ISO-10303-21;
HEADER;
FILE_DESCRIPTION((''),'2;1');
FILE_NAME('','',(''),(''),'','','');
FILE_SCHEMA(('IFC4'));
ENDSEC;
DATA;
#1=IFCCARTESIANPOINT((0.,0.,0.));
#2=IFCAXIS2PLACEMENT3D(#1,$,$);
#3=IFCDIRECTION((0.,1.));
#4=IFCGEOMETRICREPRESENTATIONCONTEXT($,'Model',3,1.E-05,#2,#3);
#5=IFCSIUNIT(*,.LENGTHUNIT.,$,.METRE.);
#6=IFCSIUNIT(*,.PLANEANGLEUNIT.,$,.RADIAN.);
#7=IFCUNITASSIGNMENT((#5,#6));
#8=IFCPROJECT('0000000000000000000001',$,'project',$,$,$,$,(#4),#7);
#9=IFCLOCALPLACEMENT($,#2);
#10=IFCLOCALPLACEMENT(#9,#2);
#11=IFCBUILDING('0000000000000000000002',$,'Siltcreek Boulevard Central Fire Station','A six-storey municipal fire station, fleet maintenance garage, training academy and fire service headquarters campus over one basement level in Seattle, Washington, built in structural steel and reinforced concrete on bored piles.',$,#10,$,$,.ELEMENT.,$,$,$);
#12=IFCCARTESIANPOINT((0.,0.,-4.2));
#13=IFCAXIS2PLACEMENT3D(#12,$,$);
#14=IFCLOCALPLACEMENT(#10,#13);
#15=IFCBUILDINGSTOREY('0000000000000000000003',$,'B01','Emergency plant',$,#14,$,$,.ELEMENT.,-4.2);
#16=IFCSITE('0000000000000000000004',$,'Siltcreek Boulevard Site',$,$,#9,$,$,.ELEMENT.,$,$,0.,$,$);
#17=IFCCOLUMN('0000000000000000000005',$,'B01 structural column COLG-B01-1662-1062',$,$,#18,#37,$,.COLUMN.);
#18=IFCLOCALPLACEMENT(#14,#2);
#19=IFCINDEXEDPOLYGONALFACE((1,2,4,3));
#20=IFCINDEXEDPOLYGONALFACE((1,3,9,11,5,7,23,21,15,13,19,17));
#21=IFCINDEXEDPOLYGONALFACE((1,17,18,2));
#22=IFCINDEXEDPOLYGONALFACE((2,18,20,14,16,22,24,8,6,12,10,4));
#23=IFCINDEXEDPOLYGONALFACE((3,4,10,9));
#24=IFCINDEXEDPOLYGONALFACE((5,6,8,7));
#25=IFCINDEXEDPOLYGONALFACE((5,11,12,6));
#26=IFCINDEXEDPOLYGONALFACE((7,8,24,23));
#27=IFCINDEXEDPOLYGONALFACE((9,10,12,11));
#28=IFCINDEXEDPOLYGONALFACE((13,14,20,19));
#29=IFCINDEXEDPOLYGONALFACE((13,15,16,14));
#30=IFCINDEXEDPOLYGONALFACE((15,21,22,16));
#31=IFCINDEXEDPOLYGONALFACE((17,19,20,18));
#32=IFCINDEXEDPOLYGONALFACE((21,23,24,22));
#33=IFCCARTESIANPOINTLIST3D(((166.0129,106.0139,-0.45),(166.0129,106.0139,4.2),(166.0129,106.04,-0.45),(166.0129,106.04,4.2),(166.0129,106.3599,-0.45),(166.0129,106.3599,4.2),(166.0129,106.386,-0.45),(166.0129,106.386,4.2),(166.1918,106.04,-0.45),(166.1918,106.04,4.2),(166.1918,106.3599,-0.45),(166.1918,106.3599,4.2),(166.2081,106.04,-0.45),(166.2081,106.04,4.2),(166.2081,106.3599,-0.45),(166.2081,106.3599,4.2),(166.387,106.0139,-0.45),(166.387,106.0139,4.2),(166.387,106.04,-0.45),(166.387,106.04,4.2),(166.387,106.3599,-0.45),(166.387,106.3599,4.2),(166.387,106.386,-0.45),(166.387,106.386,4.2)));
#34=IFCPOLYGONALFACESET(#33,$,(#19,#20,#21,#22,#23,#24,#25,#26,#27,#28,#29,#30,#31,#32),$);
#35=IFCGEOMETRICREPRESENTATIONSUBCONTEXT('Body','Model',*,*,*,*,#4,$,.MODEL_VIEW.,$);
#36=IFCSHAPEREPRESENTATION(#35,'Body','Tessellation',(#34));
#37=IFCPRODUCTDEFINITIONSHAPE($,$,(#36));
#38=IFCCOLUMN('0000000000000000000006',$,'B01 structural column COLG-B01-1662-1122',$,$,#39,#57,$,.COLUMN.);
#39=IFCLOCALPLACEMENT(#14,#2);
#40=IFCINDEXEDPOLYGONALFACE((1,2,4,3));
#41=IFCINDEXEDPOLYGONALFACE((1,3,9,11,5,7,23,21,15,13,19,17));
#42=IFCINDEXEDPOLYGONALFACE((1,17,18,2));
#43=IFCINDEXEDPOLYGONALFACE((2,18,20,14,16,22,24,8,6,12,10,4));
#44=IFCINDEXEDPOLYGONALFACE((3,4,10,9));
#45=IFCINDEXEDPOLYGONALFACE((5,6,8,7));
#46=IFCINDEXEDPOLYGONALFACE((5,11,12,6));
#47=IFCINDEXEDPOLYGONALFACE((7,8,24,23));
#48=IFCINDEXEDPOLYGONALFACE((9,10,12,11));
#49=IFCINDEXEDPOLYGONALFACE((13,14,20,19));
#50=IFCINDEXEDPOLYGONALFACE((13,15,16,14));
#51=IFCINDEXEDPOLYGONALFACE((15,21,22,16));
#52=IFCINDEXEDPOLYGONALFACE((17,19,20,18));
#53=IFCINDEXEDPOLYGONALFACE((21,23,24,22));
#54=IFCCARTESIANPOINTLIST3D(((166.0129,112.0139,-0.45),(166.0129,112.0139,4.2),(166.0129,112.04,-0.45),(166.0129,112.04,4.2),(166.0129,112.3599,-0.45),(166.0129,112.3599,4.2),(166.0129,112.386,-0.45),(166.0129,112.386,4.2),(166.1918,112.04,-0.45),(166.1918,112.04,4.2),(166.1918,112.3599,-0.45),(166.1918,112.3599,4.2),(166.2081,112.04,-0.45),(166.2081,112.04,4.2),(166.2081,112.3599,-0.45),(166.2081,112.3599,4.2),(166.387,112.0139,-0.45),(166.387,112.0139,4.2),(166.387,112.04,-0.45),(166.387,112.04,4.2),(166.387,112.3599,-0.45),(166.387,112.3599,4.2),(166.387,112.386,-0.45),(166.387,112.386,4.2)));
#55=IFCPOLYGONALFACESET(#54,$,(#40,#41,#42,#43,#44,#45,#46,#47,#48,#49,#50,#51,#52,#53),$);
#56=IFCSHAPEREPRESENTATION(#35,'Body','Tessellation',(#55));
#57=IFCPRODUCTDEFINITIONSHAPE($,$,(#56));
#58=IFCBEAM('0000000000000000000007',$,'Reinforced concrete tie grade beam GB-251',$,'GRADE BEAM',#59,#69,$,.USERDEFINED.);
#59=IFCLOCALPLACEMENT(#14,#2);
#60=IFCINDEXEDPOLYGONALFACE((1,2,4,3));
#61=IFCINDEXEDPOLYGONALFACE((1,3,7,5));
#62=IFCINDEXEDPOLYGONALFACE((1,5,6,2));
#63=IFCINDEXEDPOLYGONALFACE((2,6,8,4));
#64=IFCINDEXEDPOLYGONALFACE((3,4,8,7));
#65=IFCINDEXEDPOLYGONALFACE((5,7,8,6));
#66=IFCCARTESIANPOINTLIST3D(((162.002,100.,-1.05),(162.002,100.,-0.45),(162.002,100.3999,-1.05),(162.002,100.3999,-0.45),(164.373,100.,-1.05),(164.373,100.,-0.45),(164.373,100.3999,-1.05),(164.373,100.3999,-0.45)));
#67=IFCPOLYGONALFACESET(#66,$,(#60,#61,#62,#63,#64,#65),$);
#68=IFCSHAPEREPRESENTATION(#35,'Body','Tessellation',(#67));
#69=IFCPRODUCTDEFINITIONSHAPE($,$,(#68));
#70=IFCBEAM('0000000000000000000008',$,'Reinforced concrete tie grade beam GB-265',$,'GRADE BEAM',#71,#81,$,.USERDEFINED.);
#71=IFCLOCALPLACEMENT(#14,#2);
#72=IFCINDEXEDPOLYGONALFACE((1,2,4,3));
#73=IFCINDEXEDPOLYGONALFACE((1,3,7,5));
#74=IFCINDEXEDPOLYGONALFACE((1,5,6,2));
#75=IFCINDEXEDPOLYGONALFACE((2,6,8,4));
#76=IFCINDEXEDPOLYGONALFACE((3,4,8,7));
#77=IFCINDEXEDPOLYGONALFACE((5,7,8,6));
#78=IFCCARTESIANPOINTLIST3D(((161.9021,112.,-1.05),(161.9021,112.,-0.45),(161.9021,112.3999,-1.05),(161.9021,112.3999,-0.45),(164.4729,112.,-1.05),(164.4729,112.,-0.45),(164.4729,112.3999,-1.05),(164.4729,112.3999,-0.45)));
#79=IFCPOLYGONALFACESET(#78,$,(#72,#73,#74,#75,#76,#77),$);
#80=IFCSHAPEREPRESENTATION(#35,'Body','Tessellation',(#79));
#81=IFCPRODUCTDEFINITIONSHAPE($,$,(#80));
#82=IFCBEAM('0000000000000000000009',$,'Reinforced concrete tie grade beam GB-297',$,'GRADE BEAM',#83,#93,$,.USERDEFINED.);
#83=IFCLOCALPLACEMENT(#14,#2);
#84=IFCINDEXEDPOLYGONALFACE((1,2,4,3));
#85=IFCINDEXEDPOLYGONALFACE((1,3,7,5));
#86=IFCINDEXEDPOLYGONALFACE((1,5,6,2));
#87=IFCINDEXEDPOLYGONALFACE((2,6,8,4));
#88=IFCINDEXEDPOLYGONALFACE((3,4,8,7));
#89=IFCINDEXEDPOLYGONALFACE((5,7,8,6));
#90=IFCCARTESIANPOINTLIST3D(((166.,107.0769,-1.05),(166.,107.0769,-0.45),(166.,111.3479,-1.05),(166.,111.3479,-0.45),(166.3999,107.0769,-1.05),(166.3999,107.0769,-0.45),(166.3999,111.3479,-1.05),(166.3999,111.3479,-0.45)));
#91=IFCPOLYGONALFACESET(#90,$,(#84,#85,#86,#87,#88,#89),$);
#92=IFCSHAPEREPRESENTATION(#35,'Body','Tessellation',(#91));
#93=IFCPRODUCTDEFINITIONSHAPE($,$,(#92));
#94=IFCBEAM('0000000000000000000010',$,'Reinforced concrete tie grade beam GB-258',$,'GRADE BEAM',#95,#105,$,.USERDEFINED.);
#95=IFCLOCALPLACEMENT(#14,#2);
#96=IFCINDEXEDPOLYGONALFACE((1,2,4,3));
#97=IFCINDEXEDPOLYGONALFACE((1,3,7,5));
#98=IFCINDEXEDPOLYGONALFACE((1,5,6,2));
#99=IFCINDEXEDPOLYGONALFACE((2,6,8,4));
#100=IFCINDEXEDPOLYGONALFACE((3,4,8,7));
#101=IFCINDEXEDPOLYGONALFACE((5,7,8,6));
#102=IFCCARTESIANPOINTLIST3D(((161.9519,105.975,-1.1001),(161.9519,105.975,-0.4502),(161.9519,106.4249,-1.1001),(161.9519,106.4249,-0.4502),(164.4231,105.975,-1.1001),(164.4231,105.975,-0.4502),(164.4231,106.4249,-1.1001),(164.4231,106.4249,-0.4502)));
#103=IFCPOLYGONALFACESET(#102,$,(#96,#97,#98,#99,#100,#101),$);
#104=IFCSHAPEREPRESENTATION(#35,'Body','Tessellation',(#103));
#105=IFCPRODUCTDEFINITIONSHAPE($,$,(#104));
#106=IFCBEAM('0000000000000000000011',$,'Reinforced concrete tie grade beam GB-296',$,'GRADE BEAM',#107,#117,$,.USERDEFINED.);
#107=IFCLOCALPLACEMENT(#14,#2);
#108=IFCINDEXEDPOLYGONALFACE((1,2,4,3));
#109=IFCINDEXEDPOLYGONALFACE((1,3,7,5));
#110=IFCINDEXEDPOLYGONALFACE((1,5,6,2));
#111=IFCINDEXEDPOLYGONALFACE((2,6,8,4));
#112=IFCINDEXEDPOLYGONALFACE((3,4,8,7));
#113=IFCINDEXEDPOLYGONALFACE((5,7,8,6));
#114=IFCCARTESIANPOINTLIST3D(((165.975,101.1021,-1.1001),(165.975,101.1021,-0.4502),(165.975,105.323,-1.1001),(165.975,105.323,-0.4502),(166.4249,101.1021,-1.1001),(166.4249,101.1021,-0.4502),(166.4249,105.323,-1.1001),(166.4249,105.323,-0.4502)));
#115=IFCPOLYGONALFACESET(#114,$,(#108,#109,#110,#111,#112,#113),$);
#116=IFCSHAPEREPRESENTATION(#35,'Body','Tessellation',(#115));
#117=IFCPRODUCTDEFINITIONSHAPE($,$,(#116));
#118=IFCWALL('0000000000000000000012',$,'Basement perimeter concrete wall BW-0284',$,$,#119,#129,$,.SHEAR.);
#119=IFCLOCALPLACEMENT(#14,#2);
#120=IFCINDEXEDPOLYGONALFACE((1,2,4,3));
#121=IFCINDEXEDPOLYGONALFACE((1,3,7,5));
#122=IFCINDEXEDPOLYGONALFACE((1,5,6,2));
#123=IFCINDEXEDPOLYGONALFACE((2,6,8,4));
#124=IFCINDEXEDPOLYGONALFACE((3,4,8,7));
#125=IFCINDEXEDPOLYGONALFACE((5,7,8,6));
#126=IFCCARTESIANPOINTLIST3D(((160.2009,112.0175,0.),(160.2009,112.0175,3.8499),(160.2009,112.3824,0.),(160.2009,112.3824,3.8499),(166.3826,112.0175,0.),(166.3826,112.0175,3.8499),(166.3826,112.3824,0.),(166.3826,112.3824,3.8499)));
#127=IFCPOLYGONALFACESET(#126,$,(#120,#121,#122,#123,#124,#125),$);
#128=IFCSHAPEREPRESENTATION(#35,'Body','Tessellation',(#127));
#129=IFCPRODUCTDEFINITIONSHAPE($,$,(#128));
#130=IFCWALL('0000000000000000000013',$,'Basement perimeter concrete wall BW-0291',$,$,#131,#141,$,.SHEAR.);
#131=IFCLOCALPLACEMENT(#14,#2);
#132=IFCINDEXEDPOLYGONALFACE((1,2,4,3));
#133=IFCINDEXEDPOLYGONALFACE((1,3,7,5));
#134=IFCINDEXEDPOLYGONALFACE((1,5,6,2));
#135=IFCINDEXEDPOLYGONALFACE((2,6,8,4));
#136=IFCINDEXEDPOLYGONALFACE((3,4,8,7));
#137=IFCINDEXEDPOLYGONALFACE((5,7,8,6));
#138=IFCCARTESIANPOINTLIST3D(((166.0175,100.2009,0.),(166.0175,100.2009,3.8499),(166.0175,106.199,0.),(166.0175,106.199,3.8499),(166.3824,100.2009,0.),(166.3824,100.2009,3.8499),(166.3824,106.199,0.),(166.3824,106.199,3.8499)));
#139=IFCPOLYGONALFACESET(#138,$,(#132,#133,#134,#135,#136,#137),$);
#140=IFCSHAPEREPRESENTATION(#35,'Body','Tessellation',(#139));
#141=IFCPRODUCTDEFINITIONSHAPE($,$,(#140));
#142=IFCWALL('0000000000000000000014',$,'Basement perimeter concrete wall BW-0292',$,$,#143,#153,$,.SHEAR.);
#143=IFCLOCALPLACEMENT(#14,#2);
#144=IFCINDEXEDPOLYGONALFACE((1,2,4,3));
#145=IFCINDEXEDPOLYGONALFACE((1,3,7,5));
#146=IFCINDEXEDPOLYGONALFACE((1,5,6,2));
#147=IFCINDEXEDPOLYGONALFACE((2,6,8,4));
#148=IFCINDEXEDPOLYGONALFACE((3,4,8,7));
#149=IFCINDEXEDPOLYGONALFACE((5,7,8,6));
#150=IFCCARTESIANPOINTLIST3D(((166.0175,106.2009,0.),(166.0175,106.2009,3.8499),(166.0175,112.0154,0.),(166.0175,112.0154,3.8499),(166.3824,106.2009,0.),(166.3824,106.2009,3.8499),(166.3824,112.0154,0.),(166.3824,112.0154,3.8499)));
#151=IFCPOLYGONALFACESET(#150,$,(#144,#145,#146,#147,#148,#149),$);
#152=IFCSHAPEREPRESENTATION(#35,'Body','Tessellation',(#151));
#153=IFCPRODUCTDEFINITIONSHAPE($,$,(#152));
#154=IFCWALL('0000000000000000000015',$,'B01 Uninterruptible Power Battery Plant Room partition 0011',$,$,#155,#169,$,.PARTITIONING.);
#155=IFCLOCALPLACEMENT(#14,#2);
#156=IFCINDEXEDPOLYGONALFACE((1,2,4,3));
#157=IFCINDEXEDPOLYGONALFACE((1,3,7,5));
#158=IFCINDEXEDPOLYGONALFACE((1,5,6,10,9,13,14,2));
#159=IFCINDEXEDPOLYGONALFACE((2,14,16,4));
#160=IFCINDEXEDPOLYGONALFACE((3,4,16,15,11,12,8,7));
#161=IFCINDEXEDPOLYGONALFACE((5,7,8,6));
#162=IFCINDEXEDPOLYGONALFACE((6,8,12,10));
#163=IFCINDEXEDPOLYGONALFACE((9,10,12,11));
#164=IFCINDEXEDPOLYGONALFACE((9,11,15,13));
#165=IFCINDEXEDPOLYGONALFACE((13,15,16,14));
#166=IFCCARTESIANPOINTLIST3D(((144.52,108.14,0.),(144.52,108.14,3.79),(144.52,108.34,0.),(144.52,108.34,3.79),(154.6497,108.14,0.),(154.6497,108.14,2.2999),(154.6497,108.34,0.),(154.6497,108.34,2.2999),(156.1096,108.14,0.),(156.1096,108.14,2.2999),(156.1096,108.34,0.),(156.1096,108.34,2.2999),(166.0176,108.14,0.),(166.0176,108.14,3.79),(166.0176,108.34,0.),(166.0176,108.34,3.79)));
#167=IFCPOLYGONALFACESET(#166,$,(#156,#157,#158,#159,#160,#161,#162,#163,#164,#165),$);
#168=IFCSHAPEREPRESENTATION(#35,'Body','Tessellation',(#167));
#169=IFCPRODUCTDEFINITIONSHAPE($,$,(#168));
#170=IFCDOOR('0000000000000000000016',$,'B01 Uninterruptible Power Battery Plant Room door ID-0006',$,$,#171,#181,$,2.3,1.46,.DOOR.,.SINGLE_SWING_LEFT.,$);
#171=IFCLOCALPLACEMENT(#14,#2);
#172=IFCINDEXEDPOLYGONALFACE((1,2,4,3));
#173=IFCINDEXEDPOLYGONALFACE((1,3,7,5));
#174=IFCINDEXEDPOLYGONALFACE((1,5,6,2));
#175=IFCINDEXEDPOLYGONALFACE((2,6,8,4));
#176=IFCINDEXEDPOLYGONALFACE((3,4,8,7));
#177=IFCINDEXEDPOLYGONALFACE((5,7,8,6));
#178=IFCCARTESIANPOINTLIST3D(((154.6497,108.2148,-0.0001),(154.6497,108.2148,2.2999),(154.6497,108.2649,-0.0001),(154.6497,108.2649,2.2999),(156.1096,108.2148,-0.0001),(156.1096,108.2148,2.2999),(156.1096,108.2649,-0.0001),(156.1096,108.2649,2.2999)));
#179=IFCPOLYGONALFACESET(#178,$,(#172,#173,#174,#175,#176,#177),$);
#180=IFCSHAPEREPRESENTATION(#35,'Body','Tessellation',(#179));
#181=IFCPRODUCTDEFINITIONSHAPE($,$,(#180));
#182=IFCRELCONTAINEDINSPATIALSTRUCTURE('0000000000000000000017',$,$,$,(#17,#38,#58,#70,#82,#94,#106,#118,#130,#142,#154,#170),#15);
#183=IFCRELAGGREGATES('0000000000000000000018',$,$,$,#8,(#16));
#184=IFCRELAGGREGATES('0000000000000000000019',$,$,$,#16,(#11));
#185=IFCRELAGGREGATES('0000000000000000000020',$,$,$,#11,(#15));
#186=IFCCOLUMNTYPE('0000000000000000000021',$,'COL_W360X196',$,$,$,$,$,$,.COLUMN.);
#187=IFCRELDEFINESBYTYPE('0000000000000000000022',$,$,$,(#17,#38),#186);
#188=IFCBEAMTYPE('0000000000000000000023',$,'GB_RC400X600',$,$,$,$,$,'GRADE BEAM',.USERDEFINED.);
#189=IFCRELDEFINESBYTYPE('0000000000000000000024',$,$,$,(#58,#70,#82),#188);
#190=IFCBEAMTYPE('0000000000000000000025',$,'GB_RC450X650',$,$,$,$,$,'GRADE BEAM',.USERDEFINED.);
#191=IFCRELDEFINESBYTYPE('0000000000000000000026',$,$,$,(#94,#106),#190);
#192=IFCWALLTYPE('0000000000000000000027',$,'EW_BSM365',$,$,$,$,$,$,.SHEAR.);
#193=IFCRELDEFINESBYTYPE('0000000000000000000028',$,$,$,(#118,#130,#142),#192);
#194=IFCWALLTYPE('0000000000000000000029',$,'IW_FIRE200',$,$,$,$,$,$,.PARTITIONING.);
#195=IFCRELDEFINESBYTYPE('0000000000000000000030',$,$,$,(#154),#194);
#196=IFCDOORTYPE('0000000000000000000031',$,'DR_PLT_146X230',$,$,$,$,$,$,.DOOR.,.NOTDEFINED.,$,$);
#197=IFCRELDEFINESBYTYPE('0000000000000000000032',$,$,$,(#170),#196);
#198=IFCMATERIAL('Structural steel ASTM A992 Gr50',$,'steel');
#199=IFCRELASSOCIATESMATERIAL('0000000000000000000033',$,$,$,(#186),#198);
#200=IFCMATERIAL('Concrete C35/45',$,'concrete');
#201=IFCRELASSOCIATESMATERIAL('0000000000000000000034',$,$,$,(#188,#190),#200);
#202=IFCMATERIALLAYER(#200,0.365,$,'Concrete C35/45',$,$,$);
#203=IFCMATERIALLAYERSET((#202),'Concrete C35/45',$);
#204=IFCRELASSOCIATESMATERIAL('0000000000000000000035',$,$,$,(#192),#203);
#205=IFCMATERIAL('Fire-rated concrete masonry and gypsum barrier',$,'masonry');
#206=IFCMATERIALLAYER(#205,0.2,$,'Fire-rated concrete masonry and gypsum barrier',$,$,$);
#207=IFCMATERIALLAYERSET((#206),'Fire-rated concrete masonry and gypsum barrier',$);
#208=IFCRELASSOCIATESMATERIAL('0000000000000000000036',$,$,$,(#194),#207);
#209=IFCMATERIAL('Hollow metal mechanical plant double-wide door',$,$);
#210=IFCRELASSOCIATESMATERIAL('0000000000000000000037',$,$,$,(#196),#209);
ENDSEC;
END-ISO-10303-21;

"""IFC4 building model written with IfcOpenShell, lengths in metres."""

from ifc_helpers import new_model, si_unit, direction, frame, frame_2d, origin, origin_2d, place, context, subcontext, project, spatial, rectangle, i_section, extrude, material, layer, layer_set, material_profile, profile_set, type_object, element, fill, save


model = new_model("IFC4")

# Units and contexts
model_context = context("Model", 3, precision=1e-05, world=origin(), true_north=direction((0.0, 1.0)))
body_context = subcontext(model_context, "Body", "Model", "MODEL_VIEW")
ifc_project = project(units=[si_unit("LENGTHUNIT", "METRE"), si_unit("PLANEANGLEUNIT", "RADIAN")], contexts=[model_context])

# Site, building, storey
site_placement = place(None, origin())
site = spatial("IfcSite", under=ifc_project, at=site_placement, Name="Siltcreek Boulevard Site", CompositionType="ELEMENT", RefElevation=0.0)
building_placement = place(site_placement, origin())
building = spatial("IfcBuilding", under=site, at=building_placement, Name="Siltcreek Boulevard Central Fire Station", Description="A six-storey municipal fire station, fleet maintenance garage, training academy and fire service headquarters campus over one basement level in Seattle, Washington, built in structural steel and reinforced concrete on bored piles.", CompositionType="ELEMENT")
storey_placement = place(building_placement, frame((0.0, 0.0, -4.2)))
storey = spatial("IfcBuildingStorey", under=building, at=storey_placement, Name="B01", Description="Emergency plant", CompositionType="ELEMENT", Elevation=-4.2)

# Shared definitions
ifc_material_1 = material(Name="Concrete C35/45", Category="concrete")

# Columns
ifc_material_2 = material(Name="Structural steel ASTM A992 Gr50", Category="steel")
ifc_material_profile_1 = material_profile(ifc_material_2, i_section(OverallWidth=0.374, OverallDepth=0.3721, WebThickness=0.0164, FlangeThickness=0.0261, at=origin_2d()), Name="W360X196")
ifc_profile_set_1 = profile_set([ifc_material_profile_1], Name="Structural steel ASTM A992 Gr50")
column_type = type_object("IfcColumnType", Name="COL_W360X196", PredefinedType="COLUMN", material=ifc_profile_set_1)
for number, where, z_axis, x_axis, name in (
    (1, (166.2, 106.2, -0.45), (0.0, 0.0, 1.0), (1.0, 0.0, 0.0), "B01 structural column COLG-B01-1662-1062"),
    (2, (166.2, 112.2, -0.45), (0.0, 0.0, 1.0), (1.0, 0.0, 0.0), "B01 structural column COLG-B01-1662-1122"),
):
    element("IfcColumn", number, at=place(storey_placement, frame(where, z_axis=z_axis, x_axis=x_axis)), inside=storey, type_object=column_type, Name=name, PredefinedType="COLUMN", context=body_context, shape_type="SweptSolid", body=[
        extrude(i_section(OverallWidth=0.374, OverallDepth=0.3721, WebThickness=0.0164, FlangeThickness=0.0261, at=origin_2d()), origin(), (0.0, 0.0, 1.0), 4.6499),
    ])

# Beams
ifc_material_profile_2 = material_profile(ifc_material_1, rectangle(XDim=0.3999, YDim=0.6001, at=origin_2d()), Name="RC400X600")
ifc_profile_set_2 = profile_set([ifc_material_profile_2], Name="Concrete C35/45")
beam_type_1 = type_object("IfcBeamType", Name="GB_RC400X600", ElementType="GRADE BEAM", PredefinedType="USERDEFINED", material=ifc_profile_set_2)
beam_1_placement = place(storey_placement, frame((162.002, 100.2, -0.75), z_axis=(1.0, 0.0, 0.0), x_axis=(0.0, 1.0, 0.0)))
element("IfcBeam", 3, at=beam_1_placement, inside=storey, type_object=beam_type_1, Name="Reinforced concrete tie grade beam GB-251", ObjectType="GRADE BEAM", PredefinedType="USERDEFINED", context=body_context, shape_type="SweptSolid", body=[
    extrude(rectangle(XDim=0.3999, YDim=0.6001, at=origin_2d()), origin(), (0.0, 0.0, 1.0), 2.3711),
])
beam_2_placement = place(storey_placement, frame((161.9021, 112.2, -0.75), z_axis=(1.0, 0.0, 0.0), x_axis=(0.0, 1.0, 0.0)))
element("IfcBeam", 4, at=beam_2_placement, inside=storey, type_object=beam_type_1, Name="Reinforced concrete tie grade beam GB-265", ObjectType="GRADE BEAM", PredefinedType="USERDEFINED", context=body_context, shape_type="SweptSolid", body=[
    extrude(rectangle(XDim=0.3999, YDim=0.6001, at=origin_2d()), origin(), (0.0, 0.0, 1.0), 2.5708),
])
beam_3_placement = place(storey_placement, frame((166.2, 107.0769, -0.75), z_axis=(0.0, 1.0, 0.0), x_axis=(-1.0, 0.0, 0.0)))
element("IfcBeam", 5, at=beam_3_placement, inside=storey, type_object=beam_type_1, Name="Reinforced concrete tie grade beam GB-297", ObjectType="GRADE BEAM", PredefinedType="USERDEFINED", context=body_context, shape_type="SweptSolid", body=[
    extrude(rectangle(XDim=0.3999, YDim=0.6001, at=origin_2d()), origin(), (0.0, 0.0, 1.0), 4.271),
])
ifc_material_profile_3 = material_profile(ifc_material_1, rectangle(XDim=0.45, YDim=0.6499, at=origin_2d()), Name="RC450X650")
ifc_profile_set_3 = profile_set([ifc_material_profile_3], Name="Concrete C35/45")
beam_type_2 = type_object("IfcBeamType", Name="GB_RC450X650", ElementType="GRADE BEAM", PredefinedType="USERDEFINED", material=ifc_profile_set_3)
beam_4_placement = place(storey_placement, frame((161.9519, 106.2, -0.7751), z_axis=(1.0, 0.0, 0.0), x_axis=(0.0, 1.0, 0.0)))
element("IfcBeam", 6, at=beam_4_placement, inside=storey, type_object=beam_type_2, Name="Reinforced concrete tie grade beam GB-258", ObjectType="GRADE BEAM", PredefinedType="USERDEFINED", context=body_context, shape_type="SweptSolid", body=[
    extrude(rectangle(XDim=0.45, YDim=0.6499, at=origin_2d()), origin(), (0.0, 0.0, 1.0), 2.4712),
])
beam_5_placement = place(storey_placement, frame((166.2, 101.1021, -0.7751), z_axis=(0.0, 1.0, 0.0), x_axis=(-1.0, 0.0, 0.0)))
element("IfcBeam", 7, at=beam_5_placement, inside=storey, type_object=beam_type_2, Name="Reinforced concrete tie grade beam GB-296", ObjectType="GRADE BEAM", PredefinedType="USERDEFINED", context=body_context, shape_type="SweptSolid", body=[
    extrude(rectangle(XDim=0.45, YDim=0.6499, at=origin_2d()), origin(), (0.0, 0.0, 1.0), 4.2209),
])

# Walls
ifc_layer_1 = layer(ifc_material_1, 0.365, Name="Concrete C35/45")
ifc_layer_set_1 = layer_set([ifc_layer_1], Name="Concrete C35/45")
wall_type_1 = type_object("IfcWallType", Name="EW_BSM365", PredefinedType="SHEAR", material=ifc_layer_set_1)
wall_1_placement = place(storey_placement, frame((166.3826, 112.2, 0.0), z_axis=(0.0, 0.0, 1.0), x_axis=(-1.0, 0.0, 0.0)))
element("IfcWall", 8, at=wall_1_placement, inside=storey, type_object=wall_type_1, Name="Basement perimeter concrete wall BW-0284", PredefinedType="SHEAR", context=body_context, shape_type="SweptSolid", body=[
    extrude(rectangle(XDim=6.1816, YDim=0.365, at=frame_2d((3.0908, 0.0))), origin(), (0.0, 0.0, 1.0), 3.8499),
])
wall_2_placement = place(storey_placement, frame((166.2, 100.2009, 0.0), z_axis=(0.0, 0.0, 1.0), x_axis=(0.0, 1.0, 0.0)))
element("IfcWall", 9, at=wall_2_placement, inside=storey, type_object=wall_type_1, Name="Basement perimeter concrete wall BW-0291", PredefinedType="SHEAR", context=body_context, shape_type="SweptSolid", body=[
    extrude(rectangle(XDim=5.998, YDim=0.365, at=frame_2d((2.999, 0.0))), origin(), (0.0, 0.0, 1.0), 3.8499),
])
wall_3_placement = place(storey_placement, frame((166.2, 106.2009, 0.0), z_axis=(0.0, 0.0, 1.0), x_axis=(0.0, 1.0, 0.0)))
element("IfcWall", 10, at=wall_3_placement, inside=storey, type_object=wall_type_1, Name="Basement perimeter concrete wall BW-0292", PredefinedType="SHEAR", context=body_context, shape_type="SweptSolid", body=[
    extrude(rectangle(XDim=5.8145, YDim=0.365, at=frame_2d((2.9072, 0.0))), origin(), (0.0, 0.0, 1.0), 3.8499),
])

# Wall, opening, door
ifc_material_3 = material(Name="Fire-rated concrete masonry and gypsum barrier", Category="masonry")
ifc_layer_2 = layer(ifc_material_3, 0.2, Name="Fire-rated concrete masonry and gypsum barrier")
ifc_layer_set_2 = layer_set([ifc_layer_2], Name="Fire-rated concrete masonry and gypsum barrier")
wall_type_2 = type_object("IfcWallType", Name="IW_FIRE200", PredefinedType="PARTITIONING", material=ifc_layer_set_2)
wall_4_placement = place(storey_placement, frame((166.0176, 108.24, 0.0), z_axis=(0.0, 0.0, 1.0), x_axis=(-1.0, 0.0, 0.0)))
wall_4 = element("IfcWall", 11, at=wall_4_placement, inside=storey, type_object=wall_type_2, Name="B01 Uninterruptible Power Battery Plant Room partition 0011", PredefinedType="PARTITIONING", context=body_context, shape_type="SweptSolid", body=[
    extrude(rectangle(XDim=21.4976, YDim=0.2, at=frame_2d((10.7488, 0.0))), origin(), (0.0, 0.0, 1.0), 3.79),
])
opening_placement = place(wall_4_placement, frame((9.908, 0.0, 0.0)))
opening = element("IfcOpeningElement", 12, at=opening_placement, cuts=wall_4, PredefinedType="OPENING", context=body_context, shape_type="SweptSolid", body=[
    extrude(rectangle(XDim=1.46, YDim=2.3, at=frame_2d((0.73, 1.1499))), frame((0.0, 0.1099, 0.0), z_axis=(0.0, -1.0, 0.0), x_axis=(1.0, 0.0, 0.0)), (0.0, 0.0, 1.0), 0.22),
])
ifc_material_4 = material(Name="Hollow metal mechanical plant double-wide door")
door_type = type_object("IfcDoorType", Name="DR_PLT_146X230", OperationType="NOTDEFINED", PredefinedType="DOOR", material=ifc_material_4)
door_placement = place(opening_placement, frame((1.46, 0.0, 0.0), z_axis=(0.0, 0.0, 1.0), x_axis=(-1.0, 0.0, 0.0)))
door = element("IfcDoor", 13, at=door_placement, inside=storey, type_object=door_type, Name="B01 Uninterruptible Power Battery Plant Room door ID-0006", OperationType="SINGLE_SWING_LEFT", OverallHeight=2.3, OverallWidth=1.46, PredefinedType="DOOR", context=body_context, shape_type="SweptSolid", body=[
    extrude(rectangle(XDim=1.46, YDim=2.3, at=frame_2d((0.73, 1.1499))), frame((0.0, 0.0249, 0.0), z_axis=(0.0, -1.0, 0.0), x_axis=(1.0, 0.0, 0.0)), (0.0, 0.0, 1.0), 0.05),
])
fill(opening, door)

save(model, "model.ifc")
